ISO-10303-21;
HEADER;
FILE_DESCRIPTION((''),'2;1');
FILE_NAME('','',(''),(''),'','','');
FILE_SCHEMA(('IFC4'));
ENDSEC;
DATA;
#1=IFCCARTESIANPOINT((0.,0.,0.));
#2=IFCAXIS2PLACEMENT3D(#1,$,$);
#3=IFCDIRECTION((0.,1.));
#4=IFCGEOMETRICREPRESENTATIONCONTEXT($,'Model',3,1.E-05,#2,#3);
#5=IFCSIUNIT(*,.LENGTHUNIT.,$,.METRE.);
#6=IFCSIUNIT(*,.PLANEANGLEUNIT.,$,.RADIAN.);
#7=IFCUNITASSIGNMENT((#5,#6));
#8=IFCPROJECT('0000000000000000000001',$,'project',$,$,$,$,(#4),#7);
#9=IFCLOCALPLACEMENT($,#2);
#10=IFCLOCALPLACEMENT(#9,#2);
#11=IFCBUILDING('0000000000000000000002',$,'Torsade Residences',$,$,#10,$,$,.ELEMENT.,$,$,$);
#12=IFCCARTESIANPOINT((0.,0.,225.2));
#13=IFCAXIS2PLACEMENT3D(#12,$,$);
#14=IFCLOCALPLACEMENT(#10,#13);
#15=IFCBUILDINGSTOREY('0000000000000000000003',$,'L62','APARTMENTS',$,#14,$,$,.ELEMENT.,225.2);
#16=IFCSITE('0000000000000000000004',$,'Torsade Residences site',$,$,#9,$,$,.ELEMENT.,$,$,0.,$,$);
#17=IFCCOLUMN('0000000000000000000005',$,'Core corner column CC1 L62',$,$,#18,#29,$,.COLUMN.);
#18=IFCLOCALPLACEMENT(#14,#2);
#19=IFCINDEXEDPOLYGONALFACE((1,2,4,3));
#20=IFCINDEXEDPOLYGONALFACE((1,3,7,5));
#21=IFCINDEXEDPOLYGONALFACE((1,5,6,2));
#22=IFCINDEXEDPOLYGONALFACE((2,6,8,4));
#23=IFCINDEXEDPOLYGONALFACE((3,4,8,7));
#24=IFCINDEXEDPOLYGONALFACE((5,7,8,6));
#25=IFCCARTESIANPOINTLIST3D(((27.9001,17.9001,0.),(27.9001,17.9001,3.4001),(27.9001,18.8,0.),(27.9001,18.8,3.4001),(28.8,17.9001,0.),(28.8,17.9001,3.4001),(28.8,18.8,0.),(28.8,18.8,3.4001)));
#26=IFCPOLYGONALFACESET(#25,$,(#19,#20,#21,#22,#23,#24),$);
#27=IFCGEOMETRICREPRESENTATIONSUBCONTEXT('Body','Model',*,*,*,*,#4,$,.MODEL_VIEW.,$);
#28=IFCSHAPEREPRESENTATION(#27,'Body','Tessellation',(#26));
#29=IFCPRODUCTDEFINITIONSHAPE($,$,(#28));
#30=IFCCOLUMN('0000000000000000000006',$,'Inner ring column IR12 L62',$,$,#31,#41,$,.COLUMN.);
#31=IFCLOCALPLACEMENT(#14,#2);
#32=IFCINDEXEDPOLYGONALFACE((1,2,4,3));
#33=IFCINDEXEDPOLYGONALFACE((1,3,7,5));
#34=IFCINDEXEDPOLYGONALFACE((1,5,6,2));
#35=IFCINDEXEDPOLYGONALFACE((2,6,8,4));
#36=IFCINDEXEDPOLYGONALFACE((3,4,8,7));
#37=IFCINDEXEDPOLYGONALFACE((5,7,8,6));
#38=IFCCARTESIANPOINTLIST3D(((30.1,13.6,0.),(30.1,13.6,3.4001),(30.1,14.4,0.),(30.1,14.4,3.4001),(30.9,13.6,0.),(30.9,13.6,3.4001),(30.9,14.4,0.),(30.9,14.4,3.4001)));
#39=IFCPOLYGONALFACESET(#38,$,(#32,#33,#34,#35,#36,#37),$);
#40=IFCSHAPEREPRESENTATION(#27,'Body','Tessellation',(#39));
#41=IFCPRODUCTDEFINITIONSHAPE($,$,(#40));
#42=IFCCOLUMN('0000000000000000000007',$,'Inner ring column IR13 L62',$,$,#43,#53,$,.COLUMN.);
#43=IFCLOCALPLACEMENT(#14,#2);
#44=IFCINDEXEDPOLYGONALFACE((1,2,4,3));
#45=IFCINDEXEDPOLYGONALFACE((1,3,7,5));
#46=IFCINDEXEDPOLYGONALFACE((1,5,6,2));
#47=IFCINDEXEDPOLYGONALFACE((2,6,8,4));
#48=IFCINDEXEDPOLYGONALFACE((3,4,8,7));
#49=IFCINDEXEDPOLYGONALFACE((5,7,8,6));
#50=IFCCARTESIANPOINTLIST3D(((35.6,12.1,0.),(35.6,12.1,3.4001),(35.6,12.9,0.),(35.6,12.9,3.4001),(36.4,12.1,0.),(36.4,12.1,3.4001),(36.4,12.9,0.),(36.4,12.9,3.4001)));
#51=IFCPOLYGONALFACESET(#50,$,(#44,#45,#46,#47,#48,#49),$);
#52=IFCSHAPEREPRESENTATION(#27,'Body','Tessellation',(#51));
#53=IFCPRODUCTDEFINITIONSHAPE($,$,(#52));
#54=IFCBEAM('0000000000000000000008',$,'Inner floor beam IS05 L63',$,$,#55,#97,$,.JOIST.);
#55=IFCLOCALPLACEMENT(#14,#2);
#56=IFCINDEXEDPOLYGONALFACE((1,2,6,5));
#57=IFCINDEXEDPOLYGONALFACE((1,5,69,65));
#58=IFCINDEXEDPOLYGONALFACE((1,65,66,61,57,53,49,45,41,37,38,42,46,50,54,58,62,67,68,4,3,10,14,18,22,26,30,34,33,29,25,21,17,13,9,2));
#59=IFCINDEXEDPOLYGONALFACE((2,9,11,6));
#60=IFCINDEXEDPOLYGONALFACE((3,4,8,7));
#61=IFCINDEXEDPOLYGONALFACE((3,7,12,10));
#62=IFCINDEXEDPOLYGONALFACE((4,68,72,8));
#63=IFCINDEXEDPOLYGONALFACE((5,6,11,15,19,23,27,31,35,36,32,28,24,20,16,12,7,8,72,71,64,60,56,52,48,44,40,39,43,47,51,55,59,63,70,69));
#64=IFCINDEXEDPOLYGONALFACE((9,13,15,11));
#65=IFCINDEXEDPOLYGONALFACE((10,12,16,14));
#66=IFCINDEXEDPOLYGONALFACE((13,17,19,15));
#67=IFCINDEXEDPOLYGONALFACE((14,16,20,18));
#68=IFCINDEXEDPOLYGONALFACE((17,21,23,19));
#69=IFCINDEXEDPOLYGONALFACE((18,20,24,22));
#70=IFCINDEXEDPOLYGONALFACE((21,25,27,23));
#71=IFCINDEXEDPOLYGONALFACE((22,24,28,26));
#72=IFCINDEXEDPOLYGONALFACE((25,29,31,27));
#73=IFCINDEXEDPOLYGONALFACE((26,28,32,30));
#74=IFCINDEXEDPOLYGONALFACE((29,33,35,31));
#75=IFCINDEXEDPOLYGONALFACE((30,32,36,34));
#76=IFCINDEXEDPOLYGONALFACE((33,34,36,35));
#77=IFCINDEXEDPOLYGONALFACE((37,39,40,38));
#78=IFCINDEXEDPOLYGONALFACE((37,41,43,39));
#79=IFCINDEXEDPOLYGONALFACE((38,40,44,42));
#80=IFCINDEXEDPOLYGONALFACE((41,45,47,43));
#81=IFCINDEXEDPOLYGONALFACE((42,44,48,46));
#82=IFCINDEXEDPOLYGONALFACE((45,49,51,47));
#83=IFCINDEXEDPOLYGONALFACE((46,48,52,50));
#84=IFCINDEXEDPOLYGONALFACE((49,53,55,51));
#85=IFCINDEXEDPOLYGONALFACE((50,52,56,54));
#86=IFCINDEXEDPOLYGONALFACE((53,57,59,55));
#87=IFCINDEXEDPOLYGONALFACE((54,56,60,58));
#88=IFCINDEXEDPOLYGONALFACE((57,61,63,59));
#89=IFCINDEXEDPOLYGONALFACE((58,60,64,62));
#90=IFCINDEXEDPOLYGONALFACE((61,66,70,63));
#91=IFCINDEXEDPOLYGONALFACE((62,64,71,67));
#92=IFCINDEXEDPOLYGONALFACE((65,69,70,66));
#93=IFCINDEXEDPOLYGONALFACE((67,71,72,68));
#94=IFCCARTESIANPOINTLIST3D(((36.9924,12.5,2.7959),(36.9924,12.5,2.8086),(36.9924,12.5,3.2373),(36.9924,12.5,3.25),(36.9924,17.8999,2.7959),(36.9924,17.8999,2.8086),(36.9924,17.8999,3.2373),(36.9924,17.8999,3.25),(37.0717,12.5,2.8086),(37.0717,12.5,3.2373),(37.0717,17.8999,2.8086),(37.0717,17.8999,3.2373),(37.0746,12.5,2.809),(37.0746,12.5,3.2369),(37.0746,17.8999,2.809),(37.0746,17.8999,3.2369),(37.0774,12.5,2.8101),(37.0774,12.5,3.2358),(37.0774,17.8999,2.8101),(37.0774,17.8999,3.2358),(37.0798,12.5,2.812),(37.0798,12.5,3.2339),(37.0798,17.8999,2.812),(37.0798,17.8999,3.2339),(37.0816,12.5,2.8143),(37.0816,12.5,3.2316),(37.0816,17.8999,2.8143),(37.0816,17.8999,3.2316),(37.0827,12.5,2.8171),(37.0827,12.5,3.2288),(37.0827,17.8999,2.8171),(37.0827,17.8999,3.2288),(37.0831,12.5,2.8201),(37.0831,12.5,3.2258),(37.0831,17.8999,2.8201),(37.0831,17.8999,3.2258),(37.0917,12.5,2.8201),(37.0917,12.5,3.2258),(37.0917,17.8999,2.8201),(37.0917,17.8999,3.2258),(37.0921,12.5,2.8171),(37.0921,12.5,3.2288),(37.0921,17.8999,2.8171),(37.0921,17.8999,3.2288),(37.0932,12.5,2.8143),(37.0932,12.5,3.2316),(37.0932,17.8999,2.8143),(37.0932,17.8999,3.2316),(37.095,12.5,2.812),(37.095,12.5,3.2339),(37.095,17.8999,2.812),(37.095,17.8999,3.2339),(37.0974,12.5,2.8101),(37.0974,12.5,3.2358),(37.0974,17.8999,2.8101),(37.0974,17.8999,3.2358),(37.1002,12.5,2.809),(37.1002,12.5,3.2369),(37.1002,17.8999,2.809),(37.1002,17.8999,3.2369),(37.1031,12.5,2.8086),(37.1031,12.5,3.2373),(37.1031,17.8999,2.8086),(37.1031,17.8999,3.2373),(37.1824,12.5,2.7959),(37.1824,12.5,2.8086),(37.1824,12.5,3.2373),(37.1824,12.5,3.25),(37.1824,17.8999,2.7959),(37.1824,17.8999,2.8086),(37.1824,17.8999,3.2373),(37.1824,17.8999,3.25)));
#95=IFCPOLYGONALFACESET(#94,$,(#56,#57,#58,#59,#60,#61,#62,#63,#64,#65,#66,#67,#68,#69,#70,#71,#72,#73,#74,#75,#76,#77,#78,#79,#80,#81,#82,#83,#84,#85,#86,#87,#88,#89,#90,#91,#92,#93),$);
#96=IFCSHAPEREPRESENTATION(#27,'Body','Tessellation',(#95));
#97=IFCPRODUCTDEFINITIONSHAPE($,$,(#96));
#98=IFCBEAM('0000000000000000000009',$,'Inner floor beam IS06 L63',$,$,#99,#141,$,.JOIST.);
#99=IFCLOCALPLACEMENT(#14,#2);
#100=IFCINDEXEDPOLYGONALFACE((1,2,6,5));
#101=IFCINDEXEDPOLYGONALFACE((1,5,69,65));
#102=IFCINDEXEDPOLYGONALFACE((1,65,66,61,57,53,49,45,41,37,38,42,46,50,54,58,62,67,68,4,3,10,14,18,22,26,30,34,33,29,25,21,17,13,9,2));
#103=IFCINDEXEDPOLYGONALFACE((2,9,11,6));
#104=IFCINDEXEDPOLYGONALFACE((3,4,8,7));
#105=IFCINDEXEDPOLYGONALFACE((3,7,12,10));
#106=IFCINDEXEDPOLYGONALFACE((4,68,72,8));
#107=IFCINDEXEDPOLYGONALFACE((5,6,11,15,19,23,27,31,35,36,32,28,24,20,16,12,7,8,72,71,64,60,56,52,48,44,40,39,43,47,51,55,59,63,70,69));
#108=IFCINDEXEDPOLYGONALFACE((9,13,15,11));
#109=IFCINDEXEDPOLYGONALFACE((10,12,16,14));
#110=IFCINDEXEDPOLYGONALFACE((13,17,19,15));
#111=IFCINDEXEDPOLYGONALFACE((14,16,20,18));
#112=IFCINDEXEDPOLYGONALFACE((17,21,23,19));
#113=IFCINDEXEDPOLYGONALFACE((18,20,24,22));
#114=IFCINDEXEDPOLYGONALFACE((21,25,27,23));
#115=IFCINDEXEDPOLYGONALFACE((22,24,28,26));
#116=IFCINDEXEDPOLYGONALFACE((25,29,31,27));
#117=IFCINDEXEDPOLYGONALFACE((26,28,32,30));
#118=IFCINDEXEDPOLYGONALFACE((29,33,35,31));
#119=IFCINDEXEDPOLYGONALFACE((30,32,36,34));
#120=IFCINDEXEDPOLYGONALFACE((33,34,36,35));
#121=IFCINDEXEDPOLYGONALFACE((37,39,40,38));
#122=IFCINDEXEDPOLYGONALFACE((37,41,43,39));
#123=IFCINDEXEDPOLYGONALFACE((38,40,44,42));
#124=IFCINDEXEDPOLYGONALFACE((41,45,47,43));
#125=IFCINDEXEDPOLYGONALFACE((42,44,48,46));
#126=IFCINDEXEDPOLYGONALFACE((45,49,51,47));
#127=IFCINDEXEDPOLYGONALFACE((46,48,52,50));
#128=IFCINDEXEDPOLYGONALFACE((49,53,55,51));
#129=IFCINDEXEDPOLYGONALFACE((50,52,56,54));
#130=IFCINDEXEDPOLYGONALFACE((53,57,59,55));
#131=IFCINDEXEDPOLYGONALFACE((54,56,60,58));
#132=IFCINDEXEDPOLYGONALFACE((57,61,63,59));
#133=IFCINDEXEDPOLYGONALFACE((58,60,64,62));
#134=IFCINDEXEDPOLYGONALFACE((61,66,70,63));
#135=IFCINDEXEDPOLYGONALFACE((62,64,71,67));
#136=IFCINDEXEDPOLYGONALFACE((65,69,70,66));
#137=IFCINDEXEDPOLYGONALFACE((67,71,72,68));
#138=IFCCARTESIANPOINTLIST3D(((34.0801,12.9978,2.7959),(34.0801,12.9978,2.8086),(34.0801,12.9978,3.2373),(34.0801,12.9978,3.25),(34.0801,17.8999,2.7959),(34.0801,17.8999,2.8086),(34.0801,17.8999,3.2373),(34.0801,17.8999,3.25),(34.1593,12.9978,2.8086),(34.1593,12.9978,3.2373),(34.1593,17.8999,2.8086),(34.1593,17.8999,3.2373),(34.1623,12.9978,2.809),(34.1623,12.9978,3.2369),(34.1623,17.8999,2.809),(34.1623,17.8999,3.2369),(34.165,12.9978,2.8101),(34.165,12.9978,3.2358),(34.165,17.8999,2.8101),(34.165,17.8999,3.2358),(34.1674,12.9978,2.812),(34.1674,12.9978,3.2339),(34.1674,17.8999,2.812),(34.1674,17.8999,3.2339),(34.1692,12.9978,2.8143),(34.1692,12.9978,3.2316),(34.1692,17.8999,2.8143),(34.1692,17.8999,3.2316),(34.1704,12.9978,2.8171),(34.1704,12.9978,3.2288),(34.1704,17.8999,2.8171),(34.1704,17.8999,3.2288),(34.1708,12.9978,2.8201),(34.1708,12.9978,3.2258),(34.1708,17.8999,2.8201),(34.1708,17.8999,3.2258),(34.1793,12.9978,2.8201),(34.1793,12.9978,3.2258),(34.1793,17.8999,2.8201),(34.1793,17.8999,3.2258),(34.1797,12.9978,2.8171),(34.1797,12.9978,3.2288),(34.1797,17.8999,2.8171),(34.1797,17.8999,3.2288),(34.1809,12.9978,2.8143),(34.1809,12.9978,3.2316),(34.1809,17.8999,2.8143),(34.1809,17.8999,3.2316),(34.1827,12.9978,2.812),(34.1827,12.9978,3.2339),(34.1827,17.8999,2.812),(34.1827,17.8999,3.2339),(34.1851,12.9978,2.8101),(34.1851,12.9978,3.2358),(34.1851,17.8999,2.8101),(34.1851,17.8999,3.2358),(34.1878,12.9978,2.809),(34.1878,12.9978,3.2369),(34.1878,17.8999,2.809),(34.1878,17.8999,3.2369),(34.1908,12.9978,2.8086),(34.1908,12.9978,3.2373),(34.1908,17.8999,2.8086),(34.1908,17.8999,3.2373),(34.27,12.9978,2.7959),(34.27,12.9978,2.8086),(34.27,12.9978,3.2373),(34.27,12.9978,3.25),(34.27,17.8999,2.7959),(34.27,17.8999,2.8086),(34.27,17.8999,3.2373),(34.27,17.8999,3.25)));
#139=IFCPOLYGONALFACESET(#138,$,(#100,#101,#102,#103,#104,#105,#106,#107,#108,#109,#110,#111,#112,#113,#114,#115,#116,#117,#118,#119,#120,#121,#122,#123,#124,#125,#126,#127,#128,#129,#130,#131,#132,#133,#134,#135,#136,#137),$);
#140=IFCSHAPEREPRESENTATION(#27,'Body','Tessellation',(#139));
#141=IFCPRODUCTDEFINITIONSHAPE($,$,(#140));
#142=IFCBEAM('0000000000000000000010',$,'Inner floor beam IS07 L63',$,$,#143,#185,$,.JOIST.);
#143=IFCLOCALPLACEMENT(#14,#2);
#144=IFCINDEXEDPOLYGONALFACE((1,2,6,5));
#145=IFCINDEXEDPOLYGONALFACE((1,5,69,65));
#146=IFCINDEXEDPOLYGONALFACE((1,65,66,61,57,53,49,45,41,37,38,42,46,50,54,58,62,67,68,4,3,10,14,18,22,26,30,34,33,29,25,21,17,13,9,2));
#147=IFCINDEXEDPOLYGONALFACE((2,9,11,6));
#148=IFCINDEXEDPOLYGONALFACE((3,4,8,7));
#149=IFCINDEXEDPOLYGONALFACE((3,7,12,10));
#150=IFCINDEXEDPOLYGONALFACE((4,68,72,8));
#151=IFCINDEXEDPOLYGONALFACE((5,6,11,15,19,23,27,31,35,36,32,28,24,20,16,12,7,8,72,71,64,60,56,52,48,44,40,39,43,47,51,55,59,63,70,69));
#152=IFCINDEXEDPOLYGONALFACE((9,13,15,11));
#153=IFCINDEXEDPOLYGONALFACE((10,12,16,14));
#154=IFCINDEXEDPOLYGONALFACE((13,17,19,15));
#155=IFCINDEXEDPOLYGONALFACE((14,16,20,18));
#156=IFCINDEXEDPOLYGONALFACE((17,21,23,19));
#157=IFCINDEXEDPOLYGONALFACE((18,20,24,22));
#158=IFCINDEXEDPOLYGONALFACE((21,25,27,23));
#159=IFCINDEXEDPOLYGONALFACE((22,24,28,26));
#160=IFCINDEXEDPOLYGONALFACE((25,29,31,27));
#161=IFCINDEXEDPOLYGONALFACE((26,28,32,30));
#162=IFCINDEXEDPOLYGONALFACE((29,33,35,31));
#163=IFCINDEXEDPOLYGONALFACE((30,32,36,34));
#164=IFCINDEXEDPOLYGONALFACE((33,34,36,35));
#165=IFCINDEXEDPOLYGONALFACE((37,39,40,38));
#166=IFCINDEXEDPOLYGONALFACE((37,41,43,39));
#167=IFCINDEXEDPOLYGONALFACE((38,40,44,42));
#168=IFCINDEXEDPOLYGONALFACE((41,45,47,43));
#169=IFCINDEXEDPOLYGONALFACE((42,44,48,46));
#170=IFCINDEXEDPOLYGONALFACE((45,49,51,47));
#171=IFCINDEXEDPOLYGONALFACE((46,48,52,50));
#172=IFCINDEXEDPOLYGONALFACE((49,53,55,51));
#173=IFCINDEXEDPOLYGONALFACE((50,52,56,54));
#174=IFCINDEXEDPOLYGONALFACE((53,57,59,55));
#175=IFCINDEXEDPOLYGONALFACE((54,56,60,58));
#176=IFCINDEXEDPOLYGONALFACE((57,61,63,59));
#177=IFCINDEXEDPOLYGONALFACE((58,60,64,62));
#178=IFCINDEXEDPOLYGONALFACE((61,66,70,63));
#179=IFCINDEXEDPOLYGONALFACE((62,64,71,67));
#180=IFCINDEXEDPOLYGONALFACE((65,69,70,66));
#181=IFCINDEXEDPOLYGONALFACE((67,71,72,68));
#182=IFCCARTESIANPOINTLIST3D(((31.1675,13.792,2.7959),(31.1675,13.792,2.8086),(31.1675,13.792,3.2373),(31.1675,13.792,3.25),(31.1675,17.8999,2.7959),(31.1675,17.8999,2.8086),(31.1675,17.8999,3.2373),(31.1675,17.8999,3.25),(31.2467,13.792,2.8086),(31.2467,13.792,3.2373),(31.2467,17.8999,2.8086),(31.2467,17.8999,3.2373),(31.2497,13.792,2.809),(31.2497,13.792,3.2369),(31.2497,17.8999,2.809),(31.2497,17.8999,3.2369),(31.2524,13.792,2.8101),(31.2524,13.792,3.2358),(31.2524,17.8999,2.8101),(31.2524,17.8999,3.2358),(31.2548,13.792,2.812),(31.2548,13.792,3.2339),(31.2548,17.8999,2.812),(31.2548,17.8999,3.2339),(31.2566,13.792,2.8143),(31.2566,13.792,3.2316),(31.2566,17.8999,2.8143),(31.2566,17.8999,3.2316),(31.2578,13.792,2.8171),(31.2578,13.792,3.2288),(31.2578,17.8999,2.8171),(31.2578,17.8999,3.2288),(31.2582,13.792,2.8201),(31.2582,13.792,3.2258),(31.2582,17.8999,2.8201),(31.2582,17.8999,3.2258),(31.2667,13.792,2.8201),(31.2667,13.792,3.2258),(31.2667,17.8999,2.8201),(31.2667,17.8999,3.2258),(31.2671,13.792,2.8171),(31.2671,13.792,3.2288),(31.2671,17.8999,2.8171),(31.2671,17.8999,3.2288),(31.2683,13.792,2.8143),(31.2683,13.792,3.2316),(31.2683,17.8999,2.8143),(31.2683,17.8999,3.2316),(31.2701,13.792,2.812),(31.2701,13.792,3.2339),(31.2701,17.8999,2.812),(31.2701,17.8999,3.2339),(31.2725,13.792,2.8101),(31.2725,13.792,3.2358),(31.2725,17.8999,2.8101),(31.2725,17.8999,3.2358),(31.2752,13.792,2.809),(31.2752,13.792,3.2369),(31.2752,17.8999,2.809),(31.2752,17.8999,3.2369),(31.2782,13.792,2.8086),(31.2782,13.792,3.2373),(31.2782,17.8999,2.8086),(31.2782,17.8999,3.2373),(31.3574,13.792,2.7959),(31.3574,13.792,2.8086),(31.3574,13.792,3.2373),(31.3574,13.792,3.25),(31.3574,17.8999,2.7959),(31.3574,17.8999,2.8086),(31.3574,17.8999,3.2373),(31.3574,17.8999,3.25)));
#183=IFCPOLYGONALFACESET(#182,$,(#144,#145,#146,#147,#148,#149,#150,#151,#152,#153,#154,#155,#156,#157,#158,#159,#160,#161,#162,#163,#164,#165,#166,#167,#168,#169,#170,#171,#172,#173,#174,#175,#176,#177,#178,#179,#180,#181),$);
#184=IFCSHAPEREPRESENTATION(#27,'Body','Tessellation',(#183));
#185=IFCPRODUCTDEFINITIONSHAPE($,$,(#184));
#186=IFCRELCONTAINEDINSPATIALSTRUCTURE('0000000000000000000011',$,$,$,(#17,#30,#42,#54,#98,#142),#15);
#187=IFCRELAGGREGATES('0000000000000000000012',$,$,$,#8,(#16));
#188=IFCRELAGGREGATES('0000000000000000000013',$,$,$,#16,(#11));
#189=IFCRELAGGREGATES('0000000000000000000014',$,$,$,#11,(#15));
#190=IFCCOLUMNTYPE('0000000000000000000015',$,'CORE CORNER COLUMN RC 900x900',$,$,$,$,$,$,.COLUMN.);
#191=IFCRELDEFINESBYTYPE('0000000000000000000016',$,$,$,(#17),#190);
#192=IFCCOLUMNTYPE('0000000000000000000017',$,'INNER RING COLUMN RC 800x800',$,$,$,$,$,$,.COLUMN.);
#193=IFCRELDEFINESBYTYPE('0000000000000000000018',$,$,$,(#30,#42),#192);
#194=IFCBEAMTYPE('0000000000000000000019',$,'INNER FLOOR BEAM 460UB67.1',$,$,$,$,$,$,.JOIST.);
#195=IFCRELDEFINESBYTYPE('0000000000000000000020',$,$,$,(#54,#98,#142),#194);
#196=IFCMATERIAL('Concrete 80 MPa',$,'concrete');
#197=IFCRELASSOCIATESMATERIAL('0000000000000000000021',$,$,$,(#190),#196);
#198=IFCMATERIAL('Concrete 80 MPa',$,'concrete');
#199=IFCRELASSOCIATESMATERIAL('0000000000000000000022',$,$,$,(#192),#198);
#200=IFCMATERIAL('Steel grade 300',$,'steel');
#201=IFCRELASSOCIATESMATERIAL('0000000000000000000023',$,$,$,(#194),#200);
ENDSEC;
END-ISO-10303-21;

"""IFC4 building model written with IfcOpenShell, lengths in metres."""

from ifc_helpers import new_model, si_unit, direction, frame, origin, origin_2d, place, context, subcontext, project, spatial, rectangle, i_section, extrude, material, material_profile, profile_set, type_object, element, save


model = new_model("IFC4")

# Units and contexts
model_context = context("Model", 3, precision=1e-05, world=origin(), true_north=direction((0.0, 1.0)))
body_context = subcontext(model_context, "Body", "Model", "MODEL_VIEW")
ifc_project = project(units=[si_unit("LENGTHUNIT", "METRE"), si_unit("PLANEANGLEUNIT", "RADIAN")], contexts=[model_context])

# Site, building, storey
site_placement = place(None, origin())
site = spatial("IfcSite", under=ifc_project, at=site_placement, Name="Torsade Residences site", CompositionType="ELEMENT", RefElevation=0.0)
building_placement = place(site_placement, origin())
building = spatial("IfcBuilding", under=site, at=building_placement, Name="Torsade Residences", CompositionType="ELEMENT")
storey_placement = place(building_placement, frame((0.0, 0.0, 225.2)))
storey = spatial("IfcBuildingStorey", under=building, at=storey_placement, Name="L62", Description="APARTMENTS", CompositionType="ELEMENT", Elevation=225.2)

# Columns
ifc_material_1 = material(Name="Concrete 80 MPa", Category="concrete")
ifc_material_profile_1 = material_profile(ifc_material_1, rectangle(XDim=0.8999, YDim=0.8999, at=origin_2d()), Name="RC 900x900")
ifc_profile_set_1 = profile_set([ifc_material_profile_1], Name="Concrete 80 MPa")
column_type_1 = type_object("IfcColumnType", Name="CORE CORNER COLUMN RC 900x900", PredefinedType="COLUMN", material=ifc_profile_set_1)
column_placement = place(storey_placement, frame((28.3501, 18.3501, 0.0), z_axis=(0.0, 0.0, 1.0), x_axis=(1.0, 0.0, 0.0)))
element("IfcColumn", 1, at=column_placement, inside=storey, type_object=column_type_1, Name="Core corner column CC1 L62", PredefinedType="COLUMN", context=body_context, shape_type="SweptSolid", body=[
    extrude(rectangle(XDim=0.8999, YDim=0.8999, at=origin_2d()), origin(), (0.0, 0.0, 1.0), 3.4001),
])
ifc_material_2 = material(Name="Concrete 80 MPa", Category="concrete")
ifc_material_profile_2 = material_profile(ifc_material_2, rectangle(XDim=0.8, YDim=0.8, at=origin_2d()), Name="RC 800x800")
ifc_profile_set_2 = profile_set([ifc_material_profile_2], Name="Concrete 80 MPa")
column_type_2 = type_object("IfcColumnType", Name="INNER RING COLUMN RC 800x800", PredefinedType="COLUMN", material=ifc_profile_set_2)
for number, where, z_axis, x_axis, name in (
    (2, (30.5, 14.0, 0.0), (0.0, 0.0, 1.0), (1.0, 0.0, 0.0), "Inner ring column IR12 L62"),
    (3, (36.0, 12.5, 0.0), (0.0, 0.0, 1.0), (1.0, 0.0, 0.0), "Inner ring column IR13 L62"),
):
    element("IfcColumn", number, at=place(storey_placement, frame(where, z_axis=z_axis, x_axis=x_axis)), inside=storey, type_object=column_type_2, Name=name, PredefinedType="COLUMN", context=body_context, shape_type="SweptSolid", body=[
        extrude(rectangle(XDim=0.8, YDim=0.8, at=origin_2d()), origin(), (0.0, 0.0, 1.0), 3.4001),
    ])

# Beams
ifc_material_3 = material(Name="Steel grade 300", Category="steel")
ifc_material_profile_3 = material_profile(ifc_material_3, i_section(OverallWidth=0.1899, OverallDepth=0.4541, WebThickness=0.0085, FlangeThickness=0.0127, FilletRadius=0.0115, at=origin_2d()), Name="460UB67.1")
ifc_profile_set_3 = profile_set([ifc_material_profile_3], Name="Steel grade 300")
beam_type_1 = type_object("IfcBeamType", Name="INNER FLOOR BEAM 460UB67.1", PredefinedType="JOIST", material=ifc_profile_set_3)
beam_1_placement = place(storey_placement, frame((37.0874, 17.8999, 3.0229), z_axis=(0.0, -1.0, 0.0), x_axis=(1.0, 0.0, 0.0)))
element("IfcBeam", 4, at=beam_1_placement, inside=storey, type_object=beam_type_1, Name="Inner floor beam IS05 L63", PredefinedType="JOIST", context=body_context, shape_type="SweptSolid", body=[
    extrude(i_section(OverallWidth=0.1899, OverallDepth=0.4541, WebThickness=0.0085, FlangeThickness=0.0127, FilletRadius=0.0115, at=origin_2d()), origin(), (0.0, 0.0, 1.0), 5.3999),
])
beam_2_placement = place(storey_placement, frame((34.175, 17.8999, 3.0229), z_axis=(0.0, -1.0, 0.0), x_axis=(1.0, 0.0, 0.0)))
element("IfcBeam", 5, at=beam_2_placement, inside=storey, type_object=beam_type_1, Name="Inner floor beam IS06 L63", PredefinedType="JOIST", context=body_context, shape_type="SweptSolid", body=[
    extrude(i_section(OverallWidth=0.1899, OverallDepth=0.4541, WebThickness=0.0085, FlangeThickness=0.0127, FilletRadius=0.0115, at=origin_2d()), origin(), (0.0, 0.0, 1.0), 4.9021),
])
beam_3_placement = place(storey_placement, frame((31.2625, 17.8999, 3.0229), z_axis=(0.0, -1.0, 0.0), x_axis=(1.0, 0.0, 0.0)))
element("IfcBeam", 6, at=beam_3_placement, inside=storey, type_object=beam_type_1, Name="Inner floor beam IS07 L63", PredefinedType="JOIST", context=body_context, shape_type="SweptSolid", body=[
    extrude(i_section(OverallWidth=0.1899, OverallDepth=0.4541, WebThickness=0.0085, FlangeThickness=0.0127, FilletRadius=0.0115, at=origin_2d()), origin(), (0.0, 0.0, 1.0), 4.1079),
])

save(model, "model.ifc")
